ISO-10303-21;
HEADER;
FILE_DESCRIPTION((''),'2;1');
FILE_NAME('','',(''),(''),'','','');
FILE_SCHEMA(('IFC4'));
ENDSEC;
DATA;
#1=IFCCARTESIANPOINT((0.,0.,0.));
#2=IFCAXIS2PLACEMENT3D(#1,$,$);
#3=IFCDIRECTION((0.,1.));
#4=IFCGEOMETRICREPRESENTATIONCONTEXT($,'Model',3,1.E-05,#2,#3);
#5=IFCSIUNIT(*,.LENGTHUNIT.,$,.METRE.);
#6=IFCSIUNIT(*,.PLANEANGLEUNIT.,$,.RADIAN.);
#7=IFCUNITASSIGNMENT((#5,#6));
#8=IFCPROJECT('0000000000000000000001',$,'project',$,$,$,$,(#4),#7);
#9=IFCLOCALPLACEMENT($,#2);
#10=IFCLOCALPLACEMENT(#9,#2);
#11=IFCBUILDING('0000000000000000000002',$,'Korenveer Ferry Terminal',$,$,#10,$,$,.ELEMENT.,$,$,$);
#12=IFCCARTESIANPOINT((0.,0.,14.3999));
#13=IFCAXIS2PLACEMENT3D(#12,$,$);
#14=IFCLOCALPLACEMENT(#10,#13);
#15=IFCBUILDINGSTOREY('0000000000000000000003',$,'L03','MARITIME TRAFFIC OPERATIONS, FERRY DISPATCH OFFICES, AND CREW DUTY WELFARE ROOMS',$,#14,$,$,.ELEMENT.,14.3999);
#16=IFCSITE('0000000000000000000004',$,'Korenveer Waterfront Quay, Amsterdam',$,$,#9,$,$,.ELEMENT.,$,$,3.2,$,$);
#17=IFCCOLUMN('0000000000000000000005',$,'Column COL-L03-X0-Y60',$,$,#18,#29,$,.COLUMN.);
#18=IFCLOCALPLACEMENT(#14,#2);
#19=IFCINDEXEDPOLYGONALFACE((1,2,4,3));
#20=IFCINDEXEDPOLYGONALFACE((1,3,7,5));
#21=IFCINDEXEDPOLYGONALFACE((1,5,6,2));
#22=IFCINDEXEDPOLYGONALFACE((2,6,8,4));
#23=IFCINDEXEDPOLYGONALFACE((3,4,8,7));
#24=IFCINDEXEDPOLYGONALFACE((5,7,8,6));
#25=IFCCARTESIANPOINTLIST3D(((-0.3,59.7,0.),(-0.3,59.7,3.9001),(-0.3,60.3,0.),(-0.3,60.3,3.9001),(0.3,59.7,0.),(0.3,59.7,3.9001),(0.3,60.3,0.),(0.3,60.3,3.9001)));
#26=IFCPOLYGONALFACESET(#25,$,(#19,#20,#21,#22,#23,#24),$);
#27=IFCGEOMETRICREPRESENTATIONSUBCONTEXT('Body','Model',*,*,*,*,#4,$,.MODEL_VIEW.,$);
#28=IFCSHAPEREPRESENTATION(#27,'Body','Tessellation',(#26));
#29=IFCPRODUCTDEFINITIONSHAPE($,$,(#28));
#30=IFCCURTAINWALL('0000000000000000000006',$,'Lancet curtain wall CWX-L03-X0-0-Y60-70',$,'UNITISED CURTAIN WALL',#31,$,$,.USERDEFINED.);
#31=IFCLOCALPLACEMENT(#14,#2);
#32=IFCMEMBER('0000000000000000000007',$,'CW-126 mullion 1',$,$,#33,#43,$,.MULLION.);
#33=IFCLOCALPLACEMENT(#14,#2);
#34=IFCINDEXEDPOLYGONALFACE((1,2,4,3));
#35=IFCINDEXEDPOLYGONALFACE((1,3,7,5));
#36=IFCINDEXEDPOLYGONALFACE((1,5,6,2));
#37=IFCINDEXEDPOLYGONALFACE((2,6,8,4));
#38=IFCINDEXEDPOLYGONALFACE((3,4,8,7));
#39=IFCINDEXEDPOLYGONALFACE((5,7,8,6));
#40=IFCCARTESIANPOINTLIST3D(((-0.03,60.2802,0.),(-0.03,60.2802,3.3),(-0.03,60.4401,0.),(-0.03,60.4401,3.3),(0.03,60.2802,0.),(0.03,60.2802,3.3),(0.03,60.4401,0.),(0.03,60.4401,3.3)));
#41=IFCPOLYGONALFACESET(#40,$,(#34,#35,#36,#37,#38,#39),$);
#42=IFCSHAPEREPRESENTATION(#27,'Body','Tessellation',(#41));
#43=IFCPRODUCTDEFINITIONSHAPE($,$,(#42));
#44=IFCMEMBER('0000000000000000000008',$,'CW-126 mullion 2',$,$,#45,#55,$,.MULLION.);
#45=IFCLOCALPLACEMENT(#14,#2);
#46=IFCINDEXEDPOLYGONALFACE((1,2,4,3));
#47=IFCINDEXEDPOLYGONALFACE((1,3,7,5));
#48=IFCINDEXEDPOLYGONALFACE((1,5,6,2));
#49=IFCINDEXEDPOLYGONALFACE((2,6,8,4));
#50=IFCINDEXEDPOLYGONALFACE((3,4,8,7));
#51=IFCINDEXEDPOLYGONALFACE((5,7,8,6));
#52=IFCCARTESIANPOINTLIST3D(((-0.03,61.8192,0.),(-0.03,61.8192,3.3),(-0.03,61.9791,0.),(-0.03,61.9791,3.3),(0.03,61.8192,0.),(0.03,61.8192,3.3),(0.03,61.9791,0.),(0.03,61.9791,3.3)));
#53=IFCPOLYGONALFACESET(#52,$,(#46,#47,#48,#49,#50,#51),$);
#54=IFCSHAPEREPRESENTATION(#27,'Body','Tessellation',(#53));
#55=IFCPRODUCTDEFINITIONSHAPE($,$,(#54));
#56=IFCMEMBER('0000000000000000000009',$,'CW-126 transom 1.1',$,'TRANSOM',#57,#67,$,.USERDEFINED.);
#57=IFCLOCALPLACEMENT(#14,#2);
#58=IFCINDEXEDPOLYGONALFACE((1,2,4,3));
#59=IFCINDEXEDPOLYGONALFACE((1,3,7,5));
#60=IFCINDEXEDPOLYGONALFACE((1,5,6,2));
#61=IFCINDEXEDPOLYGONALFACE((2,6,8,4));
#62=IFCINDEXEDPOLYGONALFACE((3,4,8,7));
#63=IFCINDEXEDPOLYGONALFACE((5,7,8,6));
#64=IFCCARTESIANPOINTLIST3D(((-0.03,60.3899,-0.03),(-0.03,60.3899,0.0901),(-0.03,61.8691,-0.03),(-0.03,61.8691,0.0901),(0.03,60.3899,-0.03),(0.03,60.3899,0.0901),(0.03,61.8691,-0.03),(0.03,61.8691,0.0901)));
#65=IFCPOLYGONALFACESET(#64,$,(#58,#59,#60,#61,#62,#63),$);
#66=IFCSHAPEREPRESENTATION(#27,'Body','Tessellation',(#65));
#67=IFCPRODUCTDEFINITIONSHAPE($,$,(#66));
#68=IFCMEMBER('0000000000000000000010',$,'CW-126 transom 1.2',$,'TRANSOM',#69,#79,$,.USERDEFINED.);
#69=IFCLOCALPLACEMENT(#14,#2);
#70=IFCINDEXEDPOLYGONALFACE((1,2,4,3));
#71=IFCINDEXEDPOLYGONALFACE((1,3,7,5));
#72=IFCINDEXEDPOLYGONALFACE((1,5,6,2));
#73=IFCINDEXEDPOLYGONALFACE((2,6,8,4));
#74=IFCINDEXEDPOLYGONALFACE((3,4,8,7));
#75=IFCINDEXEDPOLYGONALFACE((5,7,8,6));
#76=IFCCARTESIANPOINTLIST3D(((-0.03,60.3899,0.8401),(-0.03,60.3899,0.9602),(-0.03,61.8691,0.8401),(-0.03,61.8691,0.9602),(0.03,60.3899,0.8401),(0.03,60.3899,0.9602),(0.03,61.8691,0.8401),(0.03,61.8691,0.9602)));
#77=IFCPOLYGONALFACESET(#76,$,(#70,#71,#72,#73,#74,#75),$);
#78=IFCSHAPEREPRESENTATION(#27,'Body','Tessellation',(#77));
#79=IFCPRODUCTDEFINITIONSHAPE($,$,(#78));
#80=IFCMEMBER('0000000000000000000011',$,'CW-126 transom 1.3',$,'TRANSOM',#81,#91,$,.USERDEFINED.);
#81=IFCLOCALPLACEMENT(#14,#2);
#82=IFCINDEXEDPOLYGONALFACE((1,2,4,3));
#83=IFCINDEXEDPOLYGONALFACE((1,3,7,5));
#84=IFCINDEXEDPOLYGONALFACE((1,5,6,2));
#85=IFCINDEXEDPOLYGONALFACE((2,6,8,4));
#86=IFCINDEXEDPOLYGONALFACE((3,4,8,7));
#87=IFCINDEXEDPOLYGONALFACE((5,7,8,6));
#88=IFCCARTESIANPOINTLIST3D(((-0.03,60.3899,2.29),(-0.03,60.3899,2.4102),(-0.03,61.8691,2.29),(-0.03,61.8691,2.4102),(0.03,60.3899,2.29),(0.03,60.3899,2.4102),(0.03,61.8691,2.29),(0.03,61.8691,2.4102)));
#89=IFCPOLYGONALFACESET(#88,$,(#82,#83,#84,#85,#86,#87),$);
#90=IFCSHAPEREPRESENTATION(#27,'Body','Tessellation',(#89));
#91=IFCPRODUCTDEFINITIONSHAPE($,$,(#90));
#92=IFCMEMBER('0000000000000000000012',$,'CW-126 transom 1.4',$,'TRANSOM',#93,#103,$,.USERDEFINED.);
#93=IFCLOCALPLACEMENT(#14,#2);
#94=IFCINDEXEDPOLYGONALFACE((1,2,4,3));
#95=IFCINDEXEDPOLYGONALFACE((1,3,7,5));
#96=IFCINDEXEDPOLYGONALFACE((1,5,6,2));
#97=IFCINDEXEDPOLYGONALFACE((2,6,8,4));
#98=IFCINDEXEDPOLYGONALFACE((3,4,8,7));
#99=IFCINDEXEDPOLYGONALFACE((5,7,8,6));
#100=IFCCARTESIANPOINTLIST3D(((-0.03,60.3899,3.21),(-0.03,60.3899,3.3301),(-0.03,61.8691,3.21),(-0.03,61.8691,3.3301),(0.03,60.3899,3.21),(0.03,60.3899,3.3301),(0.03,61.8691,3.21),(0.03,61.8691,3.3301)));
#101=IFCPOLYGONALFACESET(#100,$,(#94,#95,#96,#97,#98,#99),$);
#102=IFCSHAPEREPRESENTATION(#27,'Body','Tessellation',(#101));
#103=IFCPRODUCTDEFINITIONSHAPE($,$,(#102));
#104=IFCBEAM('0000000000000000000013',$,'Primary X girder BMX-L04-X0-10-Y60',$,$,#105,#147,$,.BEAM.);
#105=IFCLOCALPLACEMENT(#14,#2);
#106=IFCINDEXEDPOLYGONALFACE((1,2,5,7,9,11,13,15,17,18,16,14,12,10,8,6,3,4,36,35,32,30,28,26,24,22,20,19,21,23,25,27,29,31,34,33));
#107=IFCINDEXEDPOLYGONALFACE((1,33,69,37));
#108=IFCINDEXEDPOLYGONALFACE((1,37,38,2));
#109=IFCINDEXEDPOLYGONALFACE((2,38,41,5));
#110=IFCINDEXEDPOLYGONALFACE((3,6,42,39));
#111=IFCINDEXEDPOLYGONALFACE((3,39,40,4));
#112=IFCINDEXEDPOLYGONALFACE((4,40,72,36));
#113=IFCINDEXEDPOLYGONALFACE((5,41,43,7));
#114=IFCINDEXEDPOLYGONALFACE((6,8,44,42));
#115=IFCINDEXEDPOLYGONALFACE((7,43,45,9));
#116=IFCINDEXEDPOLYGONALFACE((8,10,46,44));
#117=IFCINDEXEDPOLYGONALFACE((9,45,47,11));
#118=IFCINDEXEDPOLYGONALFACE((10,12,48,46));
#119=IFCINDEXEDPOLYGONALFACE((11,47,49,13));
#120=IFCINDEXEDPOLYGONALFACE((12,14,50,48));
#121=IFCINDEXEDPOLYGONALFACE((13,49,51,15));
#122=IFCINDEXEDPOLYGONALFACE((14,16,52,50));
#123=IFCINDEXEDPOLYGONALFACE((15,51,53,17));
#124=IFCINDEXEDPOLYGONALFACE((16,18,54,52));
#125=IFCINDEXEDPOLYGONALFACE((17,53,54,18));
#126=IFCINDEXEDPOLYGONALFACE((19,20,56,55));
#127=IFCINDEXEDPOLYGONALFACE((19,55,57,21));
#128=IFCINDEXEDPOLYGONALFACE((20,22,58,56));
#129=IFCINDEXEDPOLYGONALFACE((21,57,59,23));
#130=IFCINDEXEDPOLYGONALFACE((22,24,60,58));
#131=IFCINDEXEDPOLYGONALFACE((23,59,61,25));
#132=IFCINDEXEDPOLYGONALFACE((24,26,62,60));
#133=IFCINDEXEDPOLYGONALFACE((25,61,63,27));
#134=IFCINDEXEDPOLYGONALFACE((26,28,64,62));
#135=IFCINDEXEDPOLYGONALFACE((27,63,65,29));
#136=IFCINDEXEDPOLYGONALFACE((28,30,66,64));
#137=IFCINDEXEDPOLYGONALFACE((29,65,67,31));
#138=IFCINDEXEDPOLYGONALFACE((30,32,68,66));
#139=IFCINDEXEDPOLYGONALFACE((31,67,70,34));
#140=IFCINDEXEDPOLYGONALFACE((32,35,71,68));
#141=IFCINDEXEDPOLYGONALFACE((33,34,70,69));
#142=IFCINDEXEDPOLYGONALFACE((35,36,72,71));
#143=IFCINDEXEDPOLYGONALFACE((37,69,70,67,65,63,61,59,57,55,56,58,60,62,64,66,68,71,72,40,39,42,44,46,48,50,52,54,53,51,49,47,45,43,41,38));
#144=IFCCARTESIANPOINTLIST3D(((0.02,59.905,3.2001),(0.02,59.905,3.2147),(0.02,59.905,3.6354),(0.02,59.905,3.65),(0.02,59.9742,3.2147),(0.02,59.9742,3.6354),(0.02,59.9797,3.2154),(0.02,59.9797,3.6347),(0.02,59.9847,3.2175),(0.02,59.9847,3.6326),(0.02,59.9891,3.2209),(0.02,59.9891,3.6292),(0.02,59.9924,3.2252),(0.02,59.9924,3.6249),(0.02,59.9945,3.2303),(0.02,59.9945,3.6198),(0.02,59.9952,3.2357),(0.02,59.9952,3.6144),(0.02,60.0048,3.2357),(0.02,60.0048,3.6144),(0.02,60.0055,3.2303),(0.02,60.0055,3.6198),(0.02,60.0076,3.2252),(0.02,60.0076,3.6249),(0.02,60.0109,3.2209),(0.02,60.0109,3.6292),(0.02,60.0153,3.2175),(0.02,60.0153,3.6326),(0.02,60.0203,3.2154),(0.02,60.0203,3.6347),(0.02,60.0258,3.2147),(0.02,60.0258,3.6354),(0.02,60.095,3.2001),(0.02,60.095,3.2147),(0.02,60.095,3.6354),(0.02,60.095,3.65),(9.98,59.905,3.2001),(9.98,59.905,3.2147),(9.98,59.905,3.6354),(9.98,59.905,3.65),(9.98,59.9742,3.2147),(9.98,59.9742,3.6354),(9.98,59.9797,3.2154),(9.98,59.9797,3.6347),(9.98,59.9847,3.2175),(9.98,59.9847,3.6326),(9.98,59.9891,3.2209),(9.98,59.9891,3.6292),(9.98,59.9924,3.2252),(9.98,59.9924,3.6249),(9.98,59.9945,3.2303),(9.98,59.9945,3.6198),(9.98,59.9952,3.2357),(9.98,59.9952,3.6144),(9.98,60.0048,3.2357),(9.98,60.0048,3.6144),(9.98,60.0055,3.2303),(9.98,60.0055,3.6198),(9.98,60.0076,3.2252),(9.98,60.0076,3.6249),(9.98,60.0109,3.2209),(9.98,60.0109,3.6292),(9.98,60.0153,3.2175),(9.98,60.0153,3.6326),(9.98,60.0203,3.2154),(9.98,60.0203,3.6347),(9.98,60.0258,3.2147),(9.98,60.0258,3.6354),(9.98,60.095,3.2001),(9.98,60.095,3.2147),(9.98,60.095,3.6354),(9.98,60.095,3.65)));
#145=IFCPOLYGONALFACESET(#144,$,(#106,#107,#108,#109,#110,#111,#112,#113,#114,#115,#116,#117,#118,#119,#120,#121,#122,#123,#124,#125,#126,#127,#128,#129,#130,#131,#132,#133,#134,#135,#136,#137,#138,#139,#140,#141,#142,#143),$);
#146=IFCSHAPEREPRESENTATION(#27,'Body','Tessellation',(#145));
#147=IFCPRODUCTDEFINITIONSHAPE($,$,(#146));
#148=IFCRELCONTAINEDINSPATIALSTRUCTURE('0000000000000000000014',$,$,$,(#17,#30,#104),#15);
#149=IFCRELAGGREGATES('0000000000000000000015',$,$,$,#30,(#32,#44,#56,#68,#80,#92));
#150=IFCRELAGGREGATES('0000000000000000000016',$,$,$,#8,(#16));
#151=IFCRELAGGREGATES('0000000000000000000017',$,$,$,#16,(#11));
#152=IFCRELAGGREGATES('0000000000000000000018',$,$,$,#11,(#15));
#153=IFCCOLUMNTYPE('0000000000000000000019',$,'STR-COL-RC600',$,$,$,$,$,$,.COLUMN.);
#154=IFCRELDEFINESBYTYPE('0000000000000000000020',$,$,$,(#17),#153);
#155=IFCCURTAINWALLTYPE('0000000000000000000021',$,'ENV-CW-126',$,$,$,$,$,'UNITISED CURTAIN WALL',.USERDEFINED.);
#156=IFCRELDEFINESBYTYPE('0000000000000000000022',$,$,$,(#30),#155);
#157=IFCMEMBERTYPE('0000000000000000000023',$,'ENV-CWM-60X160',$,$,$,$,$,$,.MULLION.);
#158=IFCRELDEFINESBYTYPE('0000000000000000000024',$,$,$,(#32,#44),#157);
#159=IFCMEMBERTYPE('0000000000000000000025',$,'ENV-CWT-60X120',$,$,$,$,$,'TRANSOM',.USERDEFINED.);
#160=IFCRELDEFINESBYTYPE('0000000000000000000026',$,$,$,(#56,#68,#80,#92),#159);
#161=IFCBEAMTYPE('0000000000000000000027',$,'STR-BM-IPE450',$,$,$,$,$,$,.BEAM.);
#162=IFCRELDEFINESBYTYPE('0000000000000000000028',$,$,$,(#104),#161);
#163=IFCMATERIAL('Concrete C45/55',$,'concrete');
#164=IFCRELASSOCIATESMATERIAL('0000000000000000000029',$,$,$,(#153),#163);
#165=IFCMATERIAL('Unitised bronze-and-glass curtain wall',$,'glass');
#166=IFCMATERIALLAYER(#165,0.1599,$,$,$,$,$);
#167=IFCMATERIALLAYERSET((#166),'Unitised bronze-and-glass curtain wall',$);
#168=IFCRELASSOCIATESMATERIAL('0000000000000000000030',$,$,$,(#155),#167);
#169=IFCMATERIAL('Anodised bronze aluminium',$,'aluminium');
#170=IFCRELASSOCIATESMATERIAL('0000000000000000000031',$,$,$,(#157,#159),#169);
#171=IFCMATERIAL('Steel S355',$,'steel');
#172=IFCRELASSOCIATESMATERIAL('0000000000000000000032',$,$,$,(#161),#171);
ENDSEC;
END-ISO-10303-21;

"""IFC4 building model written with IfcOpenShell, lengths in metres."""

from ifc_helpers import new_model, si_unit, direction, frame, origin, origin_2d, place, context, subcontext, project, spatial, rectangle, i_section, extrude, material, layer, layer_set, material_profile, profile_set, type_object, element, aggregate, save


model = new_model("IFC4")

# Units and contexts
model_context = context("Model", 3, precision=1e-05, world=origin(), true_north=direction((0.0, 1.0)))
body_context = subcontext(model_context, "Body", "Model", "MODEL_VIEW")
ifc_project = project(units=[si_unit("LENGTHUNIT", "METRE"), si_unit("PLANEANGLEUNIT", "RADIAN")], contexts=[model_context])

# Site, building, storey
site_placement = place(None, origin())
site = spatial("IfcSite", under=ifc_project, at=site_placement, Name="Korenveer Waterfront Quay, Amsterdam", CompositionType="ELEMENT", RefElevation=3.2)
building_placement = place(site_placement, origin())
building = spatial("IfcBuilding", under=site, at=building_placement, Name="Korenveer Ferry Terminal", CompositionType="ELEMENT")
storey_placement = place(building_placement, frame((0.0, 0.0, 14.3999)))
storey = spatial("IfcBuildingStorey", under=building, at=storey_placement, Name="L03", Description="MARITIME TRAFFIC OPERATIONS, FERRY DISPATCH OFFICES, AND CREW DUTY WELFARE ROOMS", CompositionType="ELEMENT", Elevation=14.3999)

# Column
ifc_material_1 = material(Name="Concrete C45/55", Category="concrete")
ifc_material_profile_1 = material_profile(ifc_material_1, rectangle(XDim=0.6001, YDim=0.6001, at=origin_2d()), Name="RC 600x600")
ifc_profile_set_1 = profile_set([ifc_material_profile_1], Name="Concrete C45/55")
column_type = type_object("IfcColumnType", Name="STR-COL-RC600", PredefinedType="COLUMN", material=ifc_profile_set_1)
column_placement = place(storey_placement, frame((0.0, 60.0, 0.0), z_axis=(0.0, 0.0, 1.0), x_axis=(1.0, 0.0, 0.0)))
element("IfcColumn", 1, at=column_placement, inside=storey, type_object=column_type, Name="Column COL-L03-X0-Y60", PredefinedType="COLUMN", context=body_context, shape_type="SweptSolid", body=[
    extrude(rectangle(XDim=0.6001, YDim=0.6001, at=origin_2d()), origin(), (0.0, 0.0, 1.0), 3.9001),
])

# Curtain wall, members
ifc_material_2 = material(Name="Unitised bronze-and-glass curtain wall", Category="glass")
ifc_layer_1 = layer(ifc_material_2, 0.1599)
ifc_layer_set_1 = layer_set([ifc_layer_1], Name="Unitised bronze-and-glass curtain wall")
curtain_wall_type = type_object("IfcCurtainWallType", Name="ENV-CW-126", ElementType="UNITISED CURTAIN WALL", PredefinedType="USERDEFINED", material=ifc_layer_set_1)
curtain_wall_placement = place(storey_placement, frame((0.0, 60.3301, 0.0)))
curtain_wall = element("IfcCurtainWall", 2, at=curtain_wall_placement, inside=storey, type_object=curtain_wall_type, Name="Lancet curtain wall CWX-L03-X0-0-Y60-70", ObjectType="UNITISED CURTAIN WALL", PredefinedType="USERDEFINED")
ifc_material_3 = material(Name="Anodised bronze aluminium", Category="aluminium")
ifc_material_profile_2 = material_profile(ifc_material_3, rectangle(XDim=0.0601, YDim=0.1599, at=origin_2d()), Name="ALU 60x160")
ifc_profile_set_2 = profile_set([ifc_material_profile_2], Name="Anodised bronze aluminium")
member_type_1 = type_object("IfcMemberType", Name="ENV-CWM-60X160", PredefinedType="MULLION", material=ifc_profile_set_2)
member_1_placement = place(storey_placement, frame((0.0, 60.3601, 0.0), z_axis=(0.0, 0.0, 1.0), x_axis=(-1.0, 0.0, 0.0)))
member_1 = element("IfcMember", 3, at=member_1_placement, type_object=member_type_1, Name="CW-126 mullion 1", PredefinedType="MULLION", context=body_context, shape_type="SweptSolid", body=[
    extrude(rectangle(XDim=0.0601, YDim=0.1599, at=origin_2d()), origin(), (0.0, 0.0, 1.0), 3.3),
])
member_2_placement = place(storey_placement, frame((0.0, 61.8992, 0.0), z_axis=(0.0, 0.0, 1.0), x_axis=(-1.0, 0.0, 0.0)))
member_2 = element("IfcMember", 4, at=member_2_placement, type_object=member_type_1, Name="CW-126 mullion 2", PredefinedType="MULLION", context=body_context, shape_type="SweptSolid", body=[
    extrude(rectangle(XDim=0.0601, YDim=0.1599, at=origin_2d()), origin(), (0.0, 0.0, 1.0), 3.3),
])
ifc_material_profile_3 = material_profile(ifc_material_3, rectangle(XDim=0.0601, YDim=0.1201, at=origin_2d()), Name="ALU 60x120")
ifc_profile_set_3 = profile_set([ifc_material_profile_3], Name="Anodised bronze aluminium")
member_type_2 = type_object("IfcMemberType", Name="ENV-CWT-60X120", ElementType="TRANSOM", PredefinedType="USERDEFINED", material=ifc_profile_set_3)
member_3_placement = place(storey_placement, frame((0.0, 60.3899, 0.03), z_axis=(0.0, 1.0, 0.0), x_axis=(-1.0, 0.0, 0.0)))
member_3 = element("IfcMember", 5, at=member_3_placement, type_object=member_type_2, Name="CW-126 transom 1.1", ObjectType="TRANSOM", PredefinedType="USERDEFINED", context=body_context, shape_type="SweptSolid", body=[
    extrude(rectangle(XDim=0.0601, YDim=0.1201, at=origin_2d()), origin(), (0.0, 0.0, 1.0), 1.4792),
])
member_4_placement = place(storey_placement, frame((0.0, 60.3899, 0.9001), z_axis=(0.0, 1.0, 0.0), x_axis=(-1.0, 0.0, 0.0)))
member_4 = element("IfcMember", 6, at=member_4_placement, type_object=member_type_2, Name="CW-126 transom 1.2", ObjectType="TRANSOM", PredefinedType="USERDEFINED", context=body_context, shape_type="SweptSolid", body=[
    extrude(rectangle(XDim=0.0601, YDim=0.1201, at=origin_2d()), origin(), (0.0, 0.0, 1.0), 1.4792),
])
member_5_placement = place(storey_placement, frame((0.0, 60.3899, 2.3501), z_axis=(0.0, 1.0, 0.0), x_axis=(-1.0, 0.0, 0.0)))
member_5 = element("IfcMember", 7, at=member_5_placement, type_object=member_type_2, Name="CW-126 transom 1.3", ObjectType="TRANSOM", PredefinedType="USERDEFINED", context=body_context, shape_type="SweptSolid", body=[
    extrude(rectangle(XDim=0.0601, YDim=0.1201, at=origin_2d()), origin(), (0.0, 0.0, 1.0), 1.4792),
])
member_6_placement = place(storey_placement, frame((0.0, 60.3899, 3.27), z_axis=(0.0, 1.0, 0.0), x_axis=(-1.0, 0.0, 0.0)))
member_6 = element("IfcMember", 8, at=member_6_placement, type_object=member_type_2, Name="CW-126 transom 1.4", ObjectType="TRANSOM", PredefinedType="USERDEFINED", context=body_context, shape_type="SweptSolid", body=[
    extrude(rectangle(XDim=0.0601, YDim=0.1201, at=origin_2d()), origin(), (0.0, 0.0, 1.0), 1.4792),
])

# Beam
ifc_material_4 = material(Name="Steel S355", Category="steel")
ifc_material_profile_4 = material_profile(ifc_material_4, i_section(OverallWidth=0.1899, OverallDepth=0.45, WebThickness=0.0095, FlangeThickness=0.0146, FilletRadius=0.021, at=origin_2d()), Name="IPE 450")
ifc_profile_set_4 = profile_set([ifc_material_profile_4], Name="Steel S355")
beam_type_1 = type_object("IfcBeamType", Name="STR-BM-IPE450", PredefinedType="BEAM", material=ifc_profile_set_4)
beam_1_placement = place(storey_placement, frame((0.02, 60.0, 3.425), z_axis=(1.0, 0.0, 0.0), x_axis=(0.0, 1.0, 0.0)))
element("IfcBeam", 9, at=beam_1_placement, inside=storey, type_object=beam_type_1, Name="Primary X girder BMX-L04-X0-10-Y60", PredefinedType="BEAM", context=body_context, shape_type="SweptSolid", body=[
    extrude(i_section(OverallWidth=0.1899, OverallDepth=0.45, WebThickness=0.0095, FlangeThickness=0.0146, FilletRadius=0.021, at=origin_2d()), origin(), (0.0, 0.0, 1.0), 9.96),
])

aggregate(curtain_wall, [member_1, member_2, member_3, member_4, member_5, member_6])

save(model, "model.ifc")
